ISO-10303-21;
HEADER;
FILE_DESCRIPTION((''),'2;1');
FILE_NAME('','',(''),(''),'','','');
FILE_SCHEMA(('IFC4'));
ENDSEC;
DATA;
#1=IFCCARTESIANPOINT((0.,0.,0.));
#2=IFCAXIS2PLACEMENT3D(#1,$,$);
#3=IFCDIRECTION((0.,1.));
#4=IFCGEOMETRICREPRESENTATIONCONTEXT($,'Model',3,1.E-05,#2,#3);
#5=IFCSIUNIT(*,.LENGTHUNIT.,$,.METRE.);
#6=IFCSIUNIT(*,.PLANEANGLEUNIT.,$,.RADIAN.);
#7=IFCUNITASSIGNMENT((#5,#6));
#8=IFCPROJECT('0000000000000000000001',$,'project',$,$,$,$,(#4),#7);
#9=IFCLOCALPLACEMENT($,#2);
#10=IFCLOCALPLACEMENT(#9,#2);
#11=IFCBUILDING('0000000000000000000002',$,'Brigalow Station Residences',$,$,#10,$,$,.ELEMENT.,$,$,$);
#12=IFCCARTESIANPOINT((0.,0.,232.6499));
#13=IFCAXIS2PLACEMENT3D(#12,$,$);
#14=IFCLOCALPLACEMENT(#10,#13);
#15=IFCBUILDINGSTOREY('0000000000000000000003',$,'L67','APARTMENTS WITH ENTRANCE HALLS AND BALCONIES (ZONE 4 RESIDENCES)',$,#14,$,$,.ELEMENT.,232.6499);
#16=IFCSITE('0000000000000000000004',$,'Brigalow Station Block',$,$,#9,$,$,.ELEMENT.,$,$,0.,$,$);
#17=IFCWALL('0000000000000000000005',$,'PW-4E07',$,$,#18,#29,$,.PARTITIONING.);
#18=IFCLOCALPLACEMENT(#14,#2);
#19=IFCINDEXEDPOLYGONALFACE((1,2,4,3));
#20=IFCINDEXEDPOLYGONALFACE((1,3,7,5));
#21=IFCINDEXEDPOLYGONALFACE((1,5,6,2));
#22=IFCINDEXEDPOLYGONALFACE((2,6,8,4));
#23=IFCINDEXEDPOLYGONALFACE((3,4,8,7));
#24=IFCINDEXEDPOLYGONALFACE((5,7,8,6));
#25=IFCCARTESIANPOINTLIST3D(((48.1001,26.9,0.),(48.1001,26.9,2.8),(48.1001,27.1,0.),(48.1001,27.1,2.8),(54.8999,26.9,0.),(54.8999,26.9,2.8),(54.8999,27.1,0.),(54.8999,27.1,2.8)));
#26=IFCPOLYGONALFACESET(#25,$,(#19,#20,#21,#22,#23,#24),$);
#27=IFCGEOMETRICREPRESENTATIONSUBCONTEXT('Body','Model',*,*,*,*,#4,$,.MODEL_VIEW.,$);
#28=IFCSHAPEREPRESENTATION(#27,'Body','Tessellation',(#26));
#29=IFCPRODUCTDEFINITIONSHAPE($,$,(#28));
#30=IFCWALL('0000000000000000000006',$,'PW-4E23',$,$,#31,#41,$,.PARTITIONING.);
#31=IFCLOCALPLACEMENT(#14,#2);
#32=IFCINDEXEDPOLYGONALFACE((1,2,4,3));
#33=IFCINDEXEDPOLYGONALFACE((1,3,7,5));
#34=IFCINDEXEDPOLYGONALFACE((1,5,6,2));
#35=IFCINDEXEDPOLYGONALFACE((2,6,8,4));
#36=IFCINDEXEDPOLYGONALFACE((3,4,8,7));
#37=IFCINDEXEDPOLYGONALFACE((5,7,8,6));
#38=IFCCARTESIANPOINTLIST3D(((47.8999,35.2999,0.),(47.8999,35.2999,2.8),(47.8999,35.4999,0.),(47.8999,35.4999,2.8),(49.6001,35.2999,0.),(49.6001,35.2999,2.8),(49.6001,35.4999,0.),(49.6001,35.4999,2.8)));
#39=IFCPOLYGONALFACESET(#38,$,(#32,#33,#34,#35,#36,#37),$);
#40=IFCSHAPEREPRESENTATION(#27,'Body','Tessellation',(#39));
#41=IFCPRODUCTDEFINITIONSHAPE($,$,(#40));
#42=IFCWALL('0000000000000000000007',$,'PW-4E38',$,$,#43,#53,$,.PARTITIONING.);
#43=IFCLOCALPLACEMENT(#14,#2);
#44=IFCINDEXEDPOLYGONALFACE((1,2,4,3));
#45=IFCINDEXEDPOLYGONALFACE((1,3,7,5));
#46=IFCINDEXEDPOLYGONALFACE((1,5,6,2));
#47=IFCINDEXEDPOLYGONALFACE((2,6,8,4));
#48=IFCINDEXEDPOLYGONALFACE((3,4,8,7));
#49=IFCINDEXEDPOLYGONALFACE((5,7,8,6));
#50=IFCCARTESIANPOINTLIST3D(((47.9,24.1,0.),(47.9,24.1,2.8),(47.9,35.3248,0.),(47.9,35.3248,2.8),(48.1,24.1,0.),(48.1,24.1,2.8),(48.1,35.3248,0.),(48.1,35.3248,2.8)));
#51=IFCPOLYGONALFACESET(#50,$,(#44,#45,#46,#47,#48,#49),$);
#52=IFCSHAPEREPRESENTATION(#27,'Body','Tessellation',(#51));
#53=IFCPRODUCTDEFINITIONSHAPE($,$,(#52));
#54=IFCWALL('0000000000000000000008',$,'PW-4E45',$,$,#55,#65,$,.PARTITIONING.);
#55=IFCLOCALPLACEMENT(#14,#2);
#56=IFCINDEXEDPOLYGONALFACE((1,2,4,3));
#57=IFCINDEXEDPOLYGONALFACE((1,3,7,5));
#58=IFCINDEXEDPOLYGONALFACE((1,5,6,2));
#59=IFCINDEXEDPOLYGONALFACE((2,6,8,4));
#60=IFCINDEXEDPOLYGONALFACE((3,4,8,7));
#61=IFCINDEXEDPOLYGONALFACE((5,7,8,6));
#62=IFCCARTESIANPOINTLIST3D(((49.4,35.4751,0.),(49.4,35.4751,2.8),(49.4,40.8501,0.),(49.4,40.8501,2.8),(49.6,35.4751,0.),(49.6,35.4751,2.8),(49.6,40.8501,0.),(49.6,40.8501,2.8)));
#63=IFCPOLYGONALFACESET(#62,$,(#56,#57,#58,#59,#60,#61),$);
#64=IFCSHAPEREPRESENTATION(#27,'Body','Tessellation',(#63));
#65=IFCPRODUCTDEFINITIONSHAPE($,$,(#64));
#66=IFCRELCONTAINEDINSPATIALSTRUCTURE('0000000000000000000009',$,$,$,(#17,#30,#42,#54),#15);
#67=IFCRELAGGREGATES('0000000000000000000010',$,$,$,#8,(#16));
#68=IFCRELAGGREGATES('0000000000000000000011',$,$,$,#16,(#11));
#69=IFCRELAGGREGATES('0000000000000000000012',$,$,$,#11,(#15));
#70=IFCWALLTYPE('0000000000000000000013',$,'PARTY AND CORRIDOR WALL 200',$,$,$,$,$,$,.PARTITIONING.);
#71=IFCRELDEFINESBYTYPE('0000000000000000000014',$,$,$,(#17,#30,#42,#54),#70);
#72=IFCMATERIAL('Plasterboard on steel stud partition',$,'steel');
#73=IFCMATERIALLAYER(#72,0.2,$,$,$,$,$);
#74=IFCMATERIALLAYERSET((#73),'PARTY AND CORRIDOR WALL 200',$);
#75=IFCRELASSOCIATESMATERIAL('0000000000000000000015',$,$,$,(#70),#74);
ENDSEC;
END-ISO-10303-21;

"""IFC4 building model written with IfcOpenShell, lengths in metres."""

from ifc_helpers import new_model, si_unit, direction, frame, frame_2d, origin, place, context, subcontext, project, spatial, rectangle, extrude, material, layer, layer_set, type_object, element, save


model = new_model("IFC4")

# Units and contexts
model_context = context("Model", 3, precision=1e-05, world=origin(), true_north=direction((0.0, 1.0)))
body_context = subcontext(model_context, "Body", "Model", "MODEL_VIEW")
ifc_project = project(units=[si_unit("LENGTHUNIT", "METRE"), si_unit("PLANEANGLEUNIT", "RADIAN")], contexts=[model_context])

# Site, building, storey
site_placement = place(None, origin())
site = spatial("IfcSite", under=ifc_project, at=site_placement, Name="Brigalow Station Block", CompositionType="ELEMENT", RefElevation=0.0)
building_placement = place(site_placement, origin())
building = spatial("IfcBuilding", under=site, at=building_placement, Name="Brigalow Station Residences", CompositionType="ELEMENT")
storey_placement = place(building_placement, frame((0.0, 0.0, 232.6499)))
storey = spatial("IfcBuildingStorey", under=building, at=storey_placement, Name="L67", Description="APARTMENTS WITH ENTRANCE HALLS AND BALCONIES (ZONE 4 RESIDENCES)", CompositionType="ELEMENT", Elevation=232.6499)

# Walls
ifc_material_1 = material(Name="Plasterboard on steel stud partition", Category="steel")
ifc_layer_1 = layer(ifc_material_1, 0.2)
ifc_layer_set_1 = layer_set([ifc_layer_1], Name="PARTY AND CORRIDOR WALL 200")
wall_type_1 = type_object("IfcWallType", Name="PARTY AND CORRIDOR WALL 200", PredefinedType="PARTITIONING", material=ifc_layer_set_1)
wall_1_placement = place(storey_placement, frame((48.1001, 27.0, 0.0), z_axis=(0.0, 0.0, 1.0), x_axis=(1.0, 0.0, 0.0)))
element("IfcWall", 1, at=wall_1_placement, inside=storey, type_object=wall_type_1, Name="PW-4E07", PredefinedType="PARTITIONING", context=body_context, shape_type="SweptSolid", body=[
    extrude(rectangle(XDim=6.7998, YDim=0.2, at=frame_2d((3.3999, 0.0))), origin(), (0.0, 0.0, 1.0), 2.8),
])
wall_2_placement = place(storey_placement, frame((47.8999, 35.3999, 0.0), z_axis=(0.0, 0.0, 1.0), x_axis=(1.0, 0.0, 0.0)))
element("IfcWall", 2, at=wall_2_placement, inside=storey, type_object=wall_type_1, Name="PW-4E23", PredefinedType="PARTITIONING", context=body_context, shape_type="SweptSolid", body=[
    extrude(rectangle(XDim=1.7002, YDim=0.2, at=frame_2d((0.8501, 0.0))), origin(), (0.0, 0.0, 1.0), 2.8),
])
wall_3_placement = place(storey_placement, frame((48.0, 24.1001, 0.0), z_axis=(0.0, 0.0, 1.0), x_axis=(0.0, 1.0, 0.0)))
element("IfcWall", 3, at=wall_3_placement, inside=storey, type_object=wall_type_1, Name="PW-4E38", PredefinedType="PARTITIONING", context=body_context, shape_type="SweptSolid", body=[
    extrude(rectangle(XDim=11.2249, YDim=0.2, at=frame_2d((5.6123, 0.0))), origin(), (0.0, 0.0, 1.0), 2.8),
])
wall_4_placement = place(storey_placement, frame((49.5, 35.4751, 0.0), z_axis=(0.0, 0.0, 1.0), x_axis=(0.0, 1.0, 0.0)))
element("IfcWall", 4, at=wall_4_placement, inside=storey, type_object=wall_type_1, Name="PW-4E45", PredefinedType="PARTITIONING", context=body_context, shape_type="SweptSolid", body=[
    extrude(rectangle(XDim=5.375, YDim=0.2, at=frame_2d((2.6875, 0.0))), origin(), (0.0, 0.0, 1.0), 2.8),
])

save(model, "model.ifc")
